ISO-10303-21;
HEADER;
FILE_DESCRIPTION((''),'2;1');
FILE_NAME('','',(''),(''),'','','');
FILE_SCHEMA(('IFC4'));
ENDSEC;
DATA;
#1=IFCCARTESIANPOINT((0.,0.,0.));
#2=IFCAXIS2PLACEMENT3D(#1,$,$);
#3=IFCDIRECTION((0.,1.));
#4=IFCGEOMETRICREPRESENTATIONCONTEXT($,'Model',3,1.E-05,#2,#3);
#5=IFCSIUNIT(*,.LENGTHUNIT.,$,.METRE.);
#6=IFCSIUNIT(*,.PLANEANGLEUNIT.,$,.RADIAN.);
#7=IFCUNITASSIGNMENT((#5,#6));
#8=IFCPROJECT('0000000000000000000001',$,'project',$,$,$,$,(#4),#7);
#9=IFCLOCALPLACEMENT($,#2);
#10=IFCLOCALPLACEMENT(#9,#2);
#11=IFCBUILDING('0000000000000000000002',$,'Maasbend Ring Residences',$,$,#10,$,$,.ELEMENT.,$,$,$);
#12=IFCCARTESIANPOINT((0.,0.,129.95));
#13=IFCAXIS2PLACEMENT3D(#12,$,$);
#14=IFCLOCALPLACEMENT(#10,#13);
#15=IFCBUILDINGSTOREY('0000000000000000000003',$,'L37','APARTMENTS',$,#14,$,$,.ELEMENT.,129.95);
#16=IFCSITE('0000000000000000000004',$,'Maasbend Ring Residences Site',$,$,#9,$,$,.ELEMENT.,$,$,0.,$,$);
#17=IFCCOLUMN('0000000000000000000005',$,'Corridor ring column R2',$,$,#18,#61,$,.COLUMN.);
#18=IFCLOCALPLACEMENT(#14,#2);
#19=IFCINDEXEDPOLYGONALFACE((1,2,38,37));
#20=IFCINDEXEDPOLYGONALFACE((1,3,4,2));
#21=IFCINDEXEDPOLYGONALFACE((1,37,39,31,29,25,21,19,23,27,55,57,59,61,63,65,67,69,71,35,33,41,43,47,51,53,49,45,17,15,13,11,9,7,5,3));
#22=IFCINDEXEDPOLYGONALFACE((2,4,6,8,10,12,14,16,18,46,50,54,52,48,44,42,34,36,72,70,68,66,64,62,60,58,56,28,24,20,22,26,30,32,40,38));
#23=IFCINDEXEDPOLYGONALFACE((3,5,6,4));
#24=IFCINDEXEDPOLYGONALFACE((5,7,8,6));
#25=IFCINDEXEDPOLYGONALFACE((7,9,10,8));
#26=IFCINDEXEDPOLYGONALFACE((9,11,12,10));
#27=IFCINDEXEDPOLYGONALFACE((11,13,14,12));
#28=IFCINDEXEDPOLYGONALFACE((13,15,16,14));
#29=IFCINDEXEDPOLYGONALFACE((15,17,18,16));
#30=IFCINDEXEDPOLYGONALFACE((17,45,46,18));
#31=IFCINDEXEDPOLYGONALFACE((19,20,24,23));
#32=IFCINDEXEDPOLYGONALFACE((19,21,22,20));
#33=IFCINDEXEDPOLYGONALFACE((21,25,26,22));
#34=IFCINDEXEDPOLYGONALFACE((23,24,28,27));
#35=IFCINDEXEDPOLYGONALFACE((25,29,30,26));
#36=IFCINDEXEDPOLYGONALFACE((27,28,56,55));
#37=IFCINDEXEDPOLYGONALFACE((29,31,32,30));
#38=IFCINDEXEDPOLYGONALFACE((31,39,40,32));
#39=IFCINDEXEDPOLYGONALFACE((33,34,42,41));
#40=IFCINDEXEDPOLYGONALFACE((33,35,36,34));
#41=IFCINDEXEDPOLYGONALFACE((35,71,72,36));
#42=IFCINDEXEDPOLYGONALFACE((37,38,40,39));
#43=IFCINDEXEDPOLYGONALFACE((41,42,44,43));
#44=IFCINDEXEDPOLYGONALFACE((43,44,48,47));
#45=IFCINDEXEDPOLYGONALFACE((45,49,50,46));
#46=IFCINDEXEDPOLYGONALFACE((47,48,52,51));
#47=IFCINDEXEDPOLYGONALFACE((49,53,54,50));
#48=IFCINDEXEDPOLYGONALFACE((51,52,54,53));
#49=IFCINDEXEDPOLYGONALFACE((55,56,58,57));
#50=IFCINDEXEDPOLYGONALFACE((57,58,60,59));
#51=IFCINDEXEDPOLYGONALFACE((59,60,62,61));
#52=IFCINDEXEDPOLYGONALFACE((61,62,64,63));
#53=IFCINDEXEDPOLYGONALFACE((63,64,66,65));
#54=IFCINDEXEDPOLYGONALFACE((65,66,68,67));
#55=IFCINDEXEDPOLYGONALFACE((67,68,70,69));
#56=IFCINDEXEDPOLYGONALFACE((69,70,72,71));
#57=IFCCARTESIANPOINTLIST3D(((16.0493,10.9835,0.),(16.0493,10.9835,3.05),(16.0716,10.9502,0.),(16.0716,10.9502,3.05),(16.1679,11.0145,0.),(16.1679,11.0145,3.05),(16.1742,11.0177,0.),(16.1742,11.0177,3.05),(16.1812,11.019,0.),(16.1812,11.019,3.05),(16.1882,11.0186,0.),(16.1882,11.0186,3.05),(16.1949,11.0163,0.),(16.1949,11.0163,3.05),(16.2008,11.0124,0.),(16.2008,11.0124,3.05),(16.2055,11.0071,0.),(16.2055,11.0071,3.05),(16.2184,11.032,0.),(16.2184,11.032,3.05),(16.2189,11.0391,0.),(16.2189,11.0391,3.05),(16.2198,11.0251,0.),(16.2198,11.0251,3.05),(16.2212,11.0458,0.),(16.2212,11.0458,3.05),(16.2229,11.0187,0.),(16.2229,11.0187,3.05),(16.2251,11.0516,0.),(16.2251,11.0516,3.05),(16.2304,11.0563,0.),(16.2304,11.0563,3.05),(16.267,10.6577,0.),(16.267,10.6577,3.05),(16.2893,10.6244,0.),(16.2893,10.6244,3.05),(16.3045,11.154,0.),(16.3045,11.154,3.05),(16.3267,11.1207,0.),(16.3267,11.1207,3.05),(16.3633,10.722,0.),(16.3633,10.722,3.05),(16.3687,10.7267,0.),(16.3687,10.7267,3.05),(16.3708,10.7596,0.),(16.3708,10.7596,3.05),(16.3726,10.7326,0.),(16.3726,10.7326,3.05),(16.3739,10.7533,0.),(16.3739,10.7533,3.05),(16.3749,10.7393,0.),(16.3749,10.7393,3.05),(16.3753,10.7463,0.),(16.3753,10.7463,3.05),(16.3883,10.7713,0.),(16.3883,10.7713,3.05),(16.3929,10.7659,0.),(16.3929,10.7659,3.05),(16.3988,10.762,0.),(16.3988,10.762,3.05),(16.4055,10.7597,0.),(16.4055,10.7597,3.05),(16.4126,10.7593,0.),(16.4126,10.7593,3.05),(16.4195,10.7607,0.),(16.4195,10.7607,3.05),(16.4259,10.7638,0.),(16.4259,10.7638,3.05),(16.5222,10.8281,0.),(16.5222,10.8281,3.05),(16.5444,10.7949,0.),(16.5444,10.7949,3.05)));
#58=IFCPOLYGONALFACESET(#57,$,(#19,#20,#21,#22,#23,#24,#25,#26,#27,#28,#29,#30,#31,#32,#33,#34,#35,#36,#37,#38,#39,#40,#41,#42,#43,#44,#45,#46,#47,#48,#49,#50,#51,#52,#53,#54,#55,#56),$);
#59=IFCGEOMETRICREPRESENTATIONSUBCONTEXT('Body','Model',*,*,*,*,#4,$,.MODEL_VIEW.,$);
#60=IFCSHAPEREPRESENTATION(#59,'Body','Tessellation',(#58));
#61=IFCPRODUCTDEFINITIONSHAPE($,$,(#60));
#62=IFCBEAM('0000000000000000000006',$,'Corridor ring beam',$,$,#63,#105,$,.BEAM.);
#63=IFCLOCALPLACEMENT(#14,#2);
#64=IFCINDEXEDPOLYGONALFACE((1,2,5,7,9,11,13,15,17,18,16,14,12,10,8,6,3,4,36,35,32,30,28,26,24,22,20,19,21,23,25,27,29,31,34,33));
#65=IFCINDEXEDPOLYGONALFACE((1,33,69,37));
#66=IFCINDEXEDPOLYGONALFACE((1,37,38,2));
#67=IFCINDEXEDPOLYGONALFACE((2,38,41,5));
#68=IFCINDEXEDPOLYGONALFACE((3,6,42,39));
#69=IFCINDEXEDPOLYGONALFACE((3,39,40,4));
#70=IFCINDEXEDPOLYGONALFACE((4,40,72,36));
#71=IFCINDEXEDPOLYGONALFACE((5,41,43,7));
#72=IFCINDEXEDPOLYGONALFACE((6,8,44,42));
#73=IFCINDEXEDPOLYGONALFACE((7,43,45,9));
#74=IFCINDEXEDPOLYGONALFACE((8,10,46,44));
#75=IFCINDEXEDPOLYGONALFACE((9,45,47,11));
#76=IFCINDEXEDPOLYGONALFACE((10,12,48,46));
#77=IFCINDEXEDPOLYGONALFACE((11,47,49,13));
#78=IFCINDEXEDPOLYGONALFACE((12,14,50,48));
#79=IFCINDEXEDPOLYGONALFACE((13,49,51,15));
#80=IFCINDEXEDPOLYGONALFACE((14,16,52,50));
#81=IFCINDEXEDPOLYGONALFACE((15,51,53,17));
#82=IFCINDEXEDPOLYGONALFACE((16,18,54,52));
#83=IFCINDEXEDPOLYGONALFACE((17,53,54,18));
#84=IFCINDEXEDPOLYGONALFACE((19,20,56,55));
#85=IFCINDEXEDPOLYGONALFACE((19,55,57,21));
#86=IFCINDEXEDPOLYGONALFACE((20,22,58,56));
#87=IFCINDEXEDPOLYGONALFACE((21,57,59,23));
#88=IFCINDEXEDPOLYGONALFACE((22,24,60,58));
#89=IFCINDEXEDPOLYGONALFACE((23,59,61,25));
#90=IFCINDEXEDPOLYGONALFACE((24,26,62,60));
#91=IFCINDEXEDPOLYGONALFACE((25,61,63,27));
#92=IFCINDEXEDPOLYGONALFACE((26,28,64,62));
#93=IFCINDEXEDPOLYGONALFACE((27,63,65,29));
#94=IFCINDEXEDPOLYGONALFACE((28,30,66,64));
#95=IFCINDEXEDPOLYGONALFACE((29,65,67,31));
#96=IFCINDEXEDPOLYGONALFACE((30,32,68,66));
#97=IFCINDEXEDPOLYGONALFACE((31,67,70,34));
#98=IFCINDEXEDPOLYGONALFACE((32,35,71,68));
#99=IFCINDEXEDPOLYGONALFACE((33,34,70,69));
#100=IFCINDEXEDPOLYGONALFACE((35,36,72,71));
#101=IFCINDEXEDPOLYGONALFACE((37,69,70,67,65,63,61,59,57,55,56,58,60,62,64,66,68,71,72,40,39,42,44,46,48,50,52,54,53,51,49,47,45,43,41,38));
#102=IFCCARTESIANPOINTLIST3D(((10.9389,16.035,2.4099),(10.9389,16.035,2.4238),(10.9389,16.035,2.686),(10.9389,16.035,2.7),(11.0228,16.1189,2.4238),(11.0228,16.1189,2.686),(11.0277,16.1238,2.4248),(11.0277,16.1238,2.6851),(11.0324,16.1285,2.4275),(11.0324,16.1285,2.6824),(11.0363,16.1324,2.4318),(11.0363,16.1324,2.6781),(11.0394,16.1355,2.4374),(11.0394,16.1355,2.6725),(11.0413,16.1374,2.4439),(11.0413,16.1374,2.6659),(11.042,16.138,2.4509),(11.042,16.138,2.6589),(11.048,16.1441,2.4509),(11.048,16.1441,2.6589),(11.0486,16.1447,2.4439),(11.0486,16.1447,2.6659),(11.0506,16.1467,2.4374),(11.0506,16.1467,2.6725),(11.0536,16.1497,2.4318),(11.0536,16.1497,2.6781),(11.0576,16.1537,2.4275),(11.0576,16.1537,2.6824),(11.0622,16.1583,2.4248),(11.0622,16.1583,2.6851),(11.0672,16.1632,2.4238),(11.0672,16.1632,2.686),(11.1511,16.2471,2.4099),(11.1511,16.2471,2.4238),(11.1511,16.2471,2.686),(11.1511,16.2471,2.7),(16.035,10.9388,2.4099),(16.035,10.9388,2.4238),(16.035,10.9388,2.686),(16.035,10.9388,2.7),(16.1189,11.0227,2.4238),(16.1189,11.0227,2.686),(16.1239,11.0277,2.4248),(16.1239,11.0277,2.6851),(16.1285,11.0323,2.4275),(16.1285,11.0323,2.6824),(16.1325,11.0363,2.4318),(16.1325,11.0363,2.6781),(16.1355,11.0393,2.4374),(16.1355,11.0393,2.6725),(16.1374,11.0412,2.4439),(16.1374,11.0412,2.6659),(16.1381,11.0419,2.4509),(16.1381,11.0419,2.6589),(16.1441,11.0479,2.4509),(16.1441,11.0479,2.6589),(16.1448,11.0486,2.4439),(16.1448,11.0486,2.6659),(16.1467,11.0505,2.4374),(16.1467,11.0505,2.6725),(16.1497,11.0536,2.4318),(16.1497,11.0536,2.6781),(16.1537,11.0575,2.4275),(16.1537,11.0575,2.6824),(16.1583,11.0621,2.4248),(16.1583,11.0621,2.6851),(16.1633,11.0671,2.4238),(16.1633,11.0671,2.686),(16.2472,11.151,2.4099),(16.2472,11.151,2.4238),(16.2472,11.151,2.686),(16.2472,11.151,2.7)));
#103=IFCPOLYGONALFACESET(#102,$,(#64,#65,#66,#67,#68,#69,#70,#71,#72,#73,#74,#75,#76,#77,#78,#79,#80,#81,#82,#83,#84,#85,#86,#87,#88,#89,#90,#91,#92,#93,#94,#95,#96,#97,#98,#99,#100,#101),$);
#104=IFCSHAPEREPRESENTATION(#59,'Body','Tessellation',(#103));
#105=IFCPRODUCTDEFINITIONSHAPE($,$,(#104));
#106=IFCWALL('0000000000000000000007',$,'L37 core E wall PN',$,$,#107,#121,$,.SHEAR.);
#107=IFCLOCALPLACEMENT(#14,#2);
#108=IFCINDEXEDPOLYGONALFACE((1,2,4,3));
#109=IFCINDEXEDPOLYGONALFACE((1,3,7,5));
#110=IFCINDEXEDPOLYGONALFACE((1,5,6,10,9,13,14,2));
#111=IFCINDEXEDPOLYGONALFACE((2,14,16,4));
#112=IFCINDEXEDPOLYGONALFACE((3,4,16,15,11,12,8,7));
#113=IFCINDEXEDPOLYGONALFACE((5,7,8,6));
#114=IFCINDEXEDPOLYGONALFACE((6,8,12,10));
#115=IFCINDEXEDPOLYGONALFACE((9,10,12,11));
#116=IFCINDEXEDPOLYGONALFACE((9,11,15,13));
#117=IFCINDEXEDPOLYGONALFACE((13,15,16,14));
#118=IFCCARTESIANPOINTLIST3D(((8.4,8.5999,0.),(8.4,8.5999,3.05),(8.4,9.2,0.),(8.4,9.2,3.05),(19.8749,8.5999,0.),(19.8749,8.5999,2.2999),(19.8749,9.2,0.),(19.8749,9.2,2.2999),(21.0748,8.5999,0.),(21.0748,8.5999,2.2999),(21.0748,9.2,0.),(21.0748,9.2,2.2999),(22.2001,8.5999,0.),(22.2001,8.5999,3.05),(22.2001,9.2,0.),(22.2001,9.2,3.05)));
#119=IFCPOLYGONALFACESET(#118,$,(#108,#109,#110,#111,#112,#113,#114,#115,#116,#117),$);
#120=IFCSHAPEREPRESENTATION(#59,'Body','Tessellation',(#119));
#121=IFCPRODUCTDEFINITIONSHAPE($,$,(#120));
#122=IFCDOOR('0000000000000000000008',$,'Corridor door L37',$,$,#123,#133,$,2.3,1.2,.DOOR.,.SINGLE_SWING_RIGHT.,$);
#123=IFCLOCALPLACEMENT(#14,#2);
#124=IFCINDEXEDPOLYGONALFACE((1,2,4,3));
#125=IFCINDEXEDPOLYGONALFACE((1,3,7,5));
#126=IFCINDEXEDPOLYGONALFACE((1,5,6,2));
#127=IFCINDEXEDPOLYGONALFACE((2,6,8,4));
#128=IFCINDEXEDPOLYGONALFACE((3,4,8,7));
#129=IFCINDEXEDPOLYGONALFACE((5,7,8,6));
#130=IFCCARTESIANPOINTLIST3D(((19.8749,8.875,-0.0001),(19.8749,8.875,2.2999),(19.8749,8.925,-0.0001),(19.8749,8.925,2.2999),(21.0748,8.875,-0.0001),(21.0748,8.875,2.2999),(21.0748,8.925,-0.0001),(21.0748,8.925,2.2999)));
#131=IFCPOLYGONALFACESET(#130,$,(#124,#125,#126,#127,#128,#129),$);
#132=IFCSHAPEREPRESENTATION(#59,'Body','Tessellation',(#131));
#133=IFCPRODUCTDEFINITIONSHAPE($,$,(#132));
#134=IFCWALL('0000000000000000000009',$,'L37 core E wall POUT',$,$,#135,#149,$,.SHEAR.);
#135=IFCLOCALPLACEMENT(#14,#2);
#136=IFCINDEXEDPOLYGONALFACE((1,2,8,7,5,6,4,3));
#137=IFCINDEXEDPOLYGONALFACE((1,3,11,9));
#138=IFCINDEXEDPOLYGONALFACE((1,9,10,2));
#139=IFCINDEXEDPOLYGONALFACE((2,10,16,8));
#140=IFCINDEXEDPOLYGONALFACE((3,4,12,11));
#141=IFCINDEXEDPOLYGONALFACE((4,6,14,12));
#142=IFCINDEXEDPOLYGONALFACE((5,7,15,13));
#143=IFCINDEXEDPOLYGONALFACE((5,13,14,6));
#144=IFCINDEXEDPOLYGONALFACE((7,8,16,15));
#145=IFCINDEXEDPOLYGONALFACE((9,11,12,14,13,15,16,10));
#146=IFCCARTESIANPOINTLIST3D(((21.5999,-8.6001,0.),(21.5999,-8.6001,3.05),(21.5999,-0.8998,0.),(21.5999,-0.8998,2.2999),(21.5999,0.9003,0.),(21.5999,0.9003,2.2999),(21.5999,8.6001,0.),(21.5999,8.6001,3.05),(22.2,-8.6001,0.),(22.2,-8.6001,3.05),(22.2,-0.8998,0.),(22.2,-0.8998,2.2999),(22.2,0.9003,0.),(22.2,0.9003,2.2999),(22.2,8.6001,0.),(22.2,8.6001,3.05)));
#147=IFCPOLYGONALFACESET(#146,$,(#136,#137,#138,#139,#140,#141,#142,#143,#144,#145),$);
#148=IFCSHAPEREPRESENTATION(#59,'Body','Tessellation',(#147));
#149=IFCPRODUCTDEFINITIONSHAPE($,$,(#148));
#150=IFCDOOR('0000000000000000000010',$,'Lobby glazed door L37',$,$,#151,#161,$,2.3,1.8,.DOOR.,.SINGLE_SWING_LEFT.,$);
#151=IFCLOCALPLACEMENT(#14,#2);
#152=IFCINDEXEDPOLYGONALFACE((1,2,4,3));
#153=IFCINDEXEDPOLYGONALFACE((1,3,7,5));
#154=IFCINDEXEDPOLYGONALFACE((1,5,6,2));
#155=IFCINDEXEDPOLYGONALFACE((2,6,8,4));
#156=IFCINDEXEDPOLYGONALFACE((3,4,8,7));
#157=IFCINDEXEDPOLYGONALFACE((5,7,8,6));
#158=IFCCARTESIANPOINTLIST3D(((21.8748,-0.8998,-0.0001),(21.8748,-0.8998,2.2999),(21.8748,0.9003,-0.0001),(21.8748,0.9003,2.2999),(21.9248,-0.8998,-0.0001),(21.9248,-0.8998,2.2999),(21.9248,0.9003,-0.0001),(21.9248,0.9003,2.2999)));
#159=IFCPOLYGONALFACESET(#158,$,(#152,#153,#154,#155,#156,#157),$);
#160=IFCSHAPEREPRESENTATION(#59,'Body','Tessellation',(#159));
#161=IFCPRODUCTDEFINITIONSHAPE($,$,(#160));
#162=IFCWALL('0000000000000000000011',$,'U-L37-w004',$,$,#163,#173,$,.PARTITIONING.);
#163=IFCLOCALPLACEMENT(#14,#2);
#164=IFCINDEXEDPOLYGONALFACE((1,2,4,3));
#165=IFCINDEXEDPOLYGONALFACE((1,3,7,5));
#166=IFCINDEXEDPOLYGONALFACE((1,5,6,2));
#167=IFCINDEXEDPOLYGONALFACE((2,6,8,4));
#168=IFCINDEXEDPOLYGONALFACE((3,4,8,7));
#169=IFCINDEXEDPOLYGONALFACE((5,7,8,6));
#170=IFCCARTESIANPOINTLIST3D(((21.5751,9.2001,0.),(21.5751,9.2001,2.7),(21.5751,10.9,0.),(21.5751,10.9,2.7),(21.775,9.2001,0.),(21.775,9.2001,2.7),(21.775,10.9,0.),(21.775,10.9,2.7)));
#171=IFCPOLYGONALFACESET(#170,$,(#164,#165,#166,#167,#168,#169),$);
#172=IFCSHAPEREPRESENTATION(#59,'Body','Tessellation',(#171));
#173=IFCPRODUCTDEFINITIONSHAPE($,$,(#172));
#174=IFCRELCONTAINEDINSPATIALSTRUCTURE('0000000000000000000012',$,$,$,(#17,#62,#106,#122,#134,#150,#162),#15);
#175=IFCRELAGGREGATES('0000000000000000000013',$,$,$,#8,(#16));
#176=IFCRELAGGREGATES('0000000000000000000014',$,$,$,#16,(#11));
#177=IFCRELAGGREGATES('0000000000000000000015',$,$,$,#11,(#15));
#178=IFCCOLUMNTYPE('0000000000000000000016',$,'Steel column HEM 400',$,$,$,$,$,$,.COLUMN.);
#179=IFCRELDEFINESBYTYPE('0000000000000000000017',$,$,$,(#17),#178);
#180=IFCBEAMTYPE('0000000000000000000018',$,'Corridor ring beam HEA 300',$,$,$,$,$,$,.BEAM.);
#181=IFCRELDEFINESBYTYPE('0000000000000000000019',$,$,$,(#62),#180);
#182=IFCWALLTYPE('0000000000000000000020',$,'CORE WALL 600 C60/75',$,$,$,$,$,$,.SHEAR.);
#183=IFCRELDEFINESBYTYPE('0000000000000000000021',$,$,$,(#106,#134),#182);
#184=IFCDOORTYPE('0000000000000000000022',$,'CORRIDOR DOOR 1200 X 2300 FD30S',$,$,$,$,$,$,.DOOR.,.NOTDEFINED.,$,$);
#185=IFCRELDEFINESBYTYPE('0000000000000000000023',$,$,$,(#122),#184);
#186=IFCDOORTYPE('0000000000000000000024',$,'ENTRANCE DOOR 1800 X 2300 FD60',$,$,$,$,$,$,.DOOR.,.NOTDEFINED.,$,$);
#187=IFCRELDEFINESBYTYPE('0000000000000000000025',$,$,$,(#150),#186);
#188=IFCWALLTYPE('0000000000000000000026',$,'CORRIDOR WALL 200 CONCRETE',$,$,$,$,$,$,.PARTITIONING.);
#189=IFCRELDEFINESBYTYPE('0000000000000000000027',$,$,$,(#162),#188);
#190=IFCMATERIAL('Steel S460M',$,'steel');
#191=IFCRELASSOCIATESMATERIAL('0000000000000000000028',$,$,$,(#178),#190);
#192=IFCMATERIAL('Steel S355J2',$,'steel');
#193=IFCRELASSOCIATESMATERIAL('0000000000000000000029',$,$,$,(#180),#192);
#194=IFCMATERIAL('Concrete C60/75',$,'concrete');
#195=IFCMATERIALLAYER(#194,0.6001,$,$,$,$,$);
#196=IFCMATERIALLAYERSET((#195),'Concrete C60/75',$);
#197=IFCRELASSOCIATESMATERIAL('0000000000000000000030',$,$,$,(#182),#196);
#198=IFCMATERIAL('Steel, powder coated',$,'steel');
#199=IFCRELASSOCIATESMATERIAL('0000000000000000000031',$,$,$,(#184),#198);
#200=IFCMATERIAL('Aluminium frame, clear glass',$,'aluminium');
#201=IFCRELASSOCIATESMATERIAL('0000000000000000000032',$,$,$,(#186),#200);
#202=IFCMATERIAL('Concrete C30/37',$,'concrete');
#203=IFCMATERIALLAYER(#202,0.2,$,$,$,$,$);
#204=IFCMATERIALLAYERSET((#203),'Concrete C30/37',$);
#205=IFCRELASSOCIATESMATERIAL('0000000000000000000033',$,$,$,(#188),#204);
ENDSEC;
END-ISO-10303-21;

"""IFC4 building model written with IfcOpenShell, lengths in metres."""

from ifc_helpers import new_model, si_unit, direction, frame, frame_2d, origin, origin_2d, place, context, subcontext, project, spatial, rectangle, i_section, extrude, material, layer, layer_set, material_profile, profile_set, type_object, element, fill, save


model = new_model("IFC4")

# Units and contexts
model_context = context("Model", 3, precision=1e-05, world=origin(), true_north=direction((0.0, 1.0)))
body_context = subcontext(model_context, "Body", "Model", "MODEL_VIEW")
ifc_project = project(units=[si_unit("LENGTHUNIT", "METRE"), si_unit("PLANEANGLEUNIT", "RADIAN")], contexts=[model_context])

# Site, building, storey
site_placement = place(None, origin())
site = spatial("IfcSite", under=ifc_project, at=site_placement, Name="Maasbend Ring Residences Site", CompositionType="ELEMENT", RefElevation=0.0)
building_placement = place(site_placement, origin())
building = spatial("IfcBuilding", under=site, at=building_placement, Name="Maasbend Ring Residences", CompositionType="ELEMENT")
storey_placement = place(building_placement, frame((0.0, 0.0, 129.95)))
storey = spatial("IfcBuildingStorey", under=building, at=storey_placement, Name="L37", Description="APARTMENTS", CompositionType="ELEMENT", Elevation=129.95)

# Column
ifc_material_1 = material(Name="Steel S460M", Category="steel")
ifc_material_profile_1 = material_profile(ifc_material_1, i_section(OverallWidth=0.3069, OverallDepth=0.4319, WebThickness=0.021, FlangeThickness=0.04, FilletRadius=0.0271, at=origin_2d()), Name="HEM 400")
ifc_profile_set_1 = profile_set([ifc_material_profile_1], Name="Steel S460M")
column_type = type_object("IfcColumnType", Name="Steel column HEM 400", PredefinedType="COLUMN", material=ifc_profile_set_1)
column_placement = place(storey_placement, frame((16.2969, 10.8892, 0.0), z_axis=(0.0, 0.0, 1.0), x_axis=(0.83147, 0.55557, 0.0)))
element("IfcColumn", 1, at=column_placement, inside=storey, type_object=column_type, Name="Corridor ring column R2", PredefinedType="COLUMN", context=body_context, shape_type="SweptSolid", body=[
    extrude(i_section(OverallWidth=0.3069, OverallDepth=0.4319, WebThickness=0.021, FlangeThickness=0.04, FilletRadius=0.0271, at=origin_2d()), origin(), (0.0, 0.0, 1.0), 3.05),
])

# Beam
ifc_material_2 = material(Name="Steel S355J2", Category="steel")
ifc_material_profile_2 = material_profile(ifc_material_2, i_section(OverallWidth=0.3, OverallDepth=0.29, WebThickness=0.0085, FlangeThickness=0.0139, FilletRadius=0.0271, at=origin_2d()), Name="HEA 300")
ifc_profile_set_2 = profile_set([ifc_material_profile_2], Name="Steel S355J2")
beam_type = type_object("IfcBeamType", Name="Corridor ring beam HEA 300", PredefinedType="BEAM", material=ifc_profile_set_2)
beam_placement = place(storey_placement, frame((16.1411, 11.0449, 2.5549), z_axis=(-0.707107, 0.707107, 0.0), x_axis=(-0.707107, -0.707107, 0.0)))
element("IfcBeam", 2, at=beam_placement, inside=storey, type_object=beam_type, Name="Corridor ring beam", PredefinedType="BEAM", context=body_context, shape_type="SweptSolid", body=[
    extrude(i_section(OverallWidth=0.3, OverallDepth=0.29, WebThickness=0.0085, FlangeThickness=0.0139, FilletRadius=0.0271, at=origin_2d()), origin(), (0.0, 0.0, 1.0), 7.207),
])

# Walls, openings, doors
ifc_material_3 = material(Name="Concrete C60/75", Category="concrete")
ifc_layer_1 = layer(ifc_material_3, 0.6001)
ifc_layer_set_1 = layer_set([ifc_layer_1], Name="Concrete C60/75")
wall_type_1 = type_object("IfcWallType", Name="CORE WALL 600 C60/75", PredefinedType="SHEAR", material=ifc_layer_set_1)
wall_1_placement = place(storey_placement, frame((22.2, 8.8999, 0.0), z_axis=(0.0, 0.0, 1.0), x_axis=(-1.0, 0.0, 0.0)))
wall_1 = element("IfcWall", 3, at=wall_1_placement, inside=storey, type_object=wall_type_1, Name="L37 core E wall PN", PredefinedType="SHEAR", context=body_context, shape_type="SweptSolid", body=[
    extrude(rectangle(XDim=13.8, YDim=0.6001, at=frame_2d((6.8999, 0.0))), origin(), (0.0, 0.0, 1.0), 3.05),
])
opening_1_placement = place(wall_1_placement, frame((1.125, 0.0, 0.0)))
opening_1 = element("IfcOpeningElement", 4, at=opening_1_placement, cuts=wall_1, PredefinedType="OPENING", context=body_context, shape_type="SweptSolid", body=[
    extrude(rectangle(XDim=1.2, YDim=2.3, at=frame_2d((0.6001, 1.1499))), frame((0.0, 0.3101, 0.0), z_axis=(0.0, -1.0, 0.0), x_axis=(1.0, 0.0, 0.0)), (0.0, 0.0, 1.0), 0.6201),
])
ifc_material_4 = material(Name="Steel, powder coated", Category="steel")
door_type_1 = type_object("IfcDoorType", Name="CORRIDOR DOOR 1200 X 2300 FD30S", OperationType="NOTDEFINED", PredefinedType="DOOR", material=ifc_material_4)
door_1_placement = place(opening_1_placement, origin())
door_1 = element("IfcDoor", 5, at=door_1_placement, inside=storey, type_object=door_type_1, Name="Corridor door L37", OperationType="SINGLE_SWING_RIGHT", OverallHeight=2.3, OverallWidth=1.2, PredefinedType="DOOR", context=body_context, shape_type="SweptSolid", body=[
    extrude(rectangle(XDim=1.2, YDim=2.3, at=frame_2d((0.6001, 1.1499))), frame((0.0, 0.0249, 0.0), z_axis=(0.0, -1.0, 0.0), x_axis=(1.0, 0.0, 0.0)), (0.0, 0.0, 1.0), 0.05),
])
fill(opening_1, door_1)
wall_2_placement = place(storey_placement, frame((21.8999, 8.6001, 0.0), z_axis=(0.0, 0.0, 1.0), x_axis=(0.0, -1.0, 0.0)))
wall_2 = element("IfcWall", 6, at=wall_2_placement, inside=storey, type_object=wall_type_1, Name="L37 core E wall POUT", PredefinedType="SHEAR", context=body_context, shape_type="SweptSolid", body=[
    extrude(rectangle(XDim=17.2002, YDim=0.6001, at=frame_2d((8.6001, 0.0))), origin(), (0.0, 0.0, 1.0), 3.05),
])
opening_2_placement = place(wall_2_placement, frame((7.7, 0.0, 0.0)))
opening_2 = element("IfcOpeningElement", 7, at=opening_2_placement, cuts=wall_2, PredefinedType="OPENING", context=body_context, shape_type="SweptSolid", body=[
    extrude(rectangle(XDim=1.8, YDim=2.3, at=frame_2d((0.8999, 1.1499))), frame((0.0, 0.3101, 0.0), z_axis=(0.0, -1.0, 0.0), x_axis=(1.0, 0.0, 0.0)), (0.0, 0.0, 1.0), 0.6201),
])
ifc_material_5 = material(Name="Aluminium frame, clear glass", Category="aluminium")
door_type_2 = type_object("IfcDoorType", Name="ENTRANCE DOOR 1800 X 2300 FD60", OperationType="NOTDEFINED", PredefinedType="DOOR", material=ifc_material_5)
door_2_placement = place(opening_2_placement, origin())
door_2 = element("IfcDoor", 8, at=door_2_placement, inside=storey, type_object=door_type_2, Name="Lobby glazed door L37", OperationType="SINGLE_SWING_LEFT", OverallHeight=2.3, OverallWidth=1.8, PredefinedType="DOOR", context=body_context, shape_type="SweptSolid", body=[
    extrude(rectangle(XDim=1.8, YDim=2.3, at=frame_2d((0.8999, 1.1499))), frame((0.0, 0.0249, 0.0), z_axis=(0.0, -1.0, 0.0), x_axis=(1.0, 0.0, 0.0)), (0.0, 0.0, 1.0), 0.05),
])
fill(opening_2, door_2)

# Wall
ifc_material_6 = material(Name="Concrete C30/37", Category="concrete")
ifc_layer_2 = layer(ifc_material_6, 0.2)
ifc_layer_set_2 = layer_set([ifc_layer_2], Name="Concrete C30/37")
wall_type_2 = type_object("IfcWallType", Name="CORRIDOR WALL 200 CONCRETE", PredefinedType="PARTITIONING", material=ifc_layer_set_2)
wall_3_placement = place(storey_placement, frame((21.675, 9.2, 0.0), z_axis=(0.0, 0.0, 1.0), x_axis=(0.0, 1.0, 0.0)))
element("IfcWall", 9, at=wall_3_placement, inside=storey, type_object=wall_type_2, Name="U-L37-w004", PredefinedType="PARTITIONING", context=body_context, shape_type="SweptSolid", body=[
    extrude(rectangle(XDim=1.7, YDim=0.2, at=frame_2d((0.8501, 0.0))), origin(), (0.0, 0.0, 1.0), 2.7),
])

save(model, "model.ifc")
